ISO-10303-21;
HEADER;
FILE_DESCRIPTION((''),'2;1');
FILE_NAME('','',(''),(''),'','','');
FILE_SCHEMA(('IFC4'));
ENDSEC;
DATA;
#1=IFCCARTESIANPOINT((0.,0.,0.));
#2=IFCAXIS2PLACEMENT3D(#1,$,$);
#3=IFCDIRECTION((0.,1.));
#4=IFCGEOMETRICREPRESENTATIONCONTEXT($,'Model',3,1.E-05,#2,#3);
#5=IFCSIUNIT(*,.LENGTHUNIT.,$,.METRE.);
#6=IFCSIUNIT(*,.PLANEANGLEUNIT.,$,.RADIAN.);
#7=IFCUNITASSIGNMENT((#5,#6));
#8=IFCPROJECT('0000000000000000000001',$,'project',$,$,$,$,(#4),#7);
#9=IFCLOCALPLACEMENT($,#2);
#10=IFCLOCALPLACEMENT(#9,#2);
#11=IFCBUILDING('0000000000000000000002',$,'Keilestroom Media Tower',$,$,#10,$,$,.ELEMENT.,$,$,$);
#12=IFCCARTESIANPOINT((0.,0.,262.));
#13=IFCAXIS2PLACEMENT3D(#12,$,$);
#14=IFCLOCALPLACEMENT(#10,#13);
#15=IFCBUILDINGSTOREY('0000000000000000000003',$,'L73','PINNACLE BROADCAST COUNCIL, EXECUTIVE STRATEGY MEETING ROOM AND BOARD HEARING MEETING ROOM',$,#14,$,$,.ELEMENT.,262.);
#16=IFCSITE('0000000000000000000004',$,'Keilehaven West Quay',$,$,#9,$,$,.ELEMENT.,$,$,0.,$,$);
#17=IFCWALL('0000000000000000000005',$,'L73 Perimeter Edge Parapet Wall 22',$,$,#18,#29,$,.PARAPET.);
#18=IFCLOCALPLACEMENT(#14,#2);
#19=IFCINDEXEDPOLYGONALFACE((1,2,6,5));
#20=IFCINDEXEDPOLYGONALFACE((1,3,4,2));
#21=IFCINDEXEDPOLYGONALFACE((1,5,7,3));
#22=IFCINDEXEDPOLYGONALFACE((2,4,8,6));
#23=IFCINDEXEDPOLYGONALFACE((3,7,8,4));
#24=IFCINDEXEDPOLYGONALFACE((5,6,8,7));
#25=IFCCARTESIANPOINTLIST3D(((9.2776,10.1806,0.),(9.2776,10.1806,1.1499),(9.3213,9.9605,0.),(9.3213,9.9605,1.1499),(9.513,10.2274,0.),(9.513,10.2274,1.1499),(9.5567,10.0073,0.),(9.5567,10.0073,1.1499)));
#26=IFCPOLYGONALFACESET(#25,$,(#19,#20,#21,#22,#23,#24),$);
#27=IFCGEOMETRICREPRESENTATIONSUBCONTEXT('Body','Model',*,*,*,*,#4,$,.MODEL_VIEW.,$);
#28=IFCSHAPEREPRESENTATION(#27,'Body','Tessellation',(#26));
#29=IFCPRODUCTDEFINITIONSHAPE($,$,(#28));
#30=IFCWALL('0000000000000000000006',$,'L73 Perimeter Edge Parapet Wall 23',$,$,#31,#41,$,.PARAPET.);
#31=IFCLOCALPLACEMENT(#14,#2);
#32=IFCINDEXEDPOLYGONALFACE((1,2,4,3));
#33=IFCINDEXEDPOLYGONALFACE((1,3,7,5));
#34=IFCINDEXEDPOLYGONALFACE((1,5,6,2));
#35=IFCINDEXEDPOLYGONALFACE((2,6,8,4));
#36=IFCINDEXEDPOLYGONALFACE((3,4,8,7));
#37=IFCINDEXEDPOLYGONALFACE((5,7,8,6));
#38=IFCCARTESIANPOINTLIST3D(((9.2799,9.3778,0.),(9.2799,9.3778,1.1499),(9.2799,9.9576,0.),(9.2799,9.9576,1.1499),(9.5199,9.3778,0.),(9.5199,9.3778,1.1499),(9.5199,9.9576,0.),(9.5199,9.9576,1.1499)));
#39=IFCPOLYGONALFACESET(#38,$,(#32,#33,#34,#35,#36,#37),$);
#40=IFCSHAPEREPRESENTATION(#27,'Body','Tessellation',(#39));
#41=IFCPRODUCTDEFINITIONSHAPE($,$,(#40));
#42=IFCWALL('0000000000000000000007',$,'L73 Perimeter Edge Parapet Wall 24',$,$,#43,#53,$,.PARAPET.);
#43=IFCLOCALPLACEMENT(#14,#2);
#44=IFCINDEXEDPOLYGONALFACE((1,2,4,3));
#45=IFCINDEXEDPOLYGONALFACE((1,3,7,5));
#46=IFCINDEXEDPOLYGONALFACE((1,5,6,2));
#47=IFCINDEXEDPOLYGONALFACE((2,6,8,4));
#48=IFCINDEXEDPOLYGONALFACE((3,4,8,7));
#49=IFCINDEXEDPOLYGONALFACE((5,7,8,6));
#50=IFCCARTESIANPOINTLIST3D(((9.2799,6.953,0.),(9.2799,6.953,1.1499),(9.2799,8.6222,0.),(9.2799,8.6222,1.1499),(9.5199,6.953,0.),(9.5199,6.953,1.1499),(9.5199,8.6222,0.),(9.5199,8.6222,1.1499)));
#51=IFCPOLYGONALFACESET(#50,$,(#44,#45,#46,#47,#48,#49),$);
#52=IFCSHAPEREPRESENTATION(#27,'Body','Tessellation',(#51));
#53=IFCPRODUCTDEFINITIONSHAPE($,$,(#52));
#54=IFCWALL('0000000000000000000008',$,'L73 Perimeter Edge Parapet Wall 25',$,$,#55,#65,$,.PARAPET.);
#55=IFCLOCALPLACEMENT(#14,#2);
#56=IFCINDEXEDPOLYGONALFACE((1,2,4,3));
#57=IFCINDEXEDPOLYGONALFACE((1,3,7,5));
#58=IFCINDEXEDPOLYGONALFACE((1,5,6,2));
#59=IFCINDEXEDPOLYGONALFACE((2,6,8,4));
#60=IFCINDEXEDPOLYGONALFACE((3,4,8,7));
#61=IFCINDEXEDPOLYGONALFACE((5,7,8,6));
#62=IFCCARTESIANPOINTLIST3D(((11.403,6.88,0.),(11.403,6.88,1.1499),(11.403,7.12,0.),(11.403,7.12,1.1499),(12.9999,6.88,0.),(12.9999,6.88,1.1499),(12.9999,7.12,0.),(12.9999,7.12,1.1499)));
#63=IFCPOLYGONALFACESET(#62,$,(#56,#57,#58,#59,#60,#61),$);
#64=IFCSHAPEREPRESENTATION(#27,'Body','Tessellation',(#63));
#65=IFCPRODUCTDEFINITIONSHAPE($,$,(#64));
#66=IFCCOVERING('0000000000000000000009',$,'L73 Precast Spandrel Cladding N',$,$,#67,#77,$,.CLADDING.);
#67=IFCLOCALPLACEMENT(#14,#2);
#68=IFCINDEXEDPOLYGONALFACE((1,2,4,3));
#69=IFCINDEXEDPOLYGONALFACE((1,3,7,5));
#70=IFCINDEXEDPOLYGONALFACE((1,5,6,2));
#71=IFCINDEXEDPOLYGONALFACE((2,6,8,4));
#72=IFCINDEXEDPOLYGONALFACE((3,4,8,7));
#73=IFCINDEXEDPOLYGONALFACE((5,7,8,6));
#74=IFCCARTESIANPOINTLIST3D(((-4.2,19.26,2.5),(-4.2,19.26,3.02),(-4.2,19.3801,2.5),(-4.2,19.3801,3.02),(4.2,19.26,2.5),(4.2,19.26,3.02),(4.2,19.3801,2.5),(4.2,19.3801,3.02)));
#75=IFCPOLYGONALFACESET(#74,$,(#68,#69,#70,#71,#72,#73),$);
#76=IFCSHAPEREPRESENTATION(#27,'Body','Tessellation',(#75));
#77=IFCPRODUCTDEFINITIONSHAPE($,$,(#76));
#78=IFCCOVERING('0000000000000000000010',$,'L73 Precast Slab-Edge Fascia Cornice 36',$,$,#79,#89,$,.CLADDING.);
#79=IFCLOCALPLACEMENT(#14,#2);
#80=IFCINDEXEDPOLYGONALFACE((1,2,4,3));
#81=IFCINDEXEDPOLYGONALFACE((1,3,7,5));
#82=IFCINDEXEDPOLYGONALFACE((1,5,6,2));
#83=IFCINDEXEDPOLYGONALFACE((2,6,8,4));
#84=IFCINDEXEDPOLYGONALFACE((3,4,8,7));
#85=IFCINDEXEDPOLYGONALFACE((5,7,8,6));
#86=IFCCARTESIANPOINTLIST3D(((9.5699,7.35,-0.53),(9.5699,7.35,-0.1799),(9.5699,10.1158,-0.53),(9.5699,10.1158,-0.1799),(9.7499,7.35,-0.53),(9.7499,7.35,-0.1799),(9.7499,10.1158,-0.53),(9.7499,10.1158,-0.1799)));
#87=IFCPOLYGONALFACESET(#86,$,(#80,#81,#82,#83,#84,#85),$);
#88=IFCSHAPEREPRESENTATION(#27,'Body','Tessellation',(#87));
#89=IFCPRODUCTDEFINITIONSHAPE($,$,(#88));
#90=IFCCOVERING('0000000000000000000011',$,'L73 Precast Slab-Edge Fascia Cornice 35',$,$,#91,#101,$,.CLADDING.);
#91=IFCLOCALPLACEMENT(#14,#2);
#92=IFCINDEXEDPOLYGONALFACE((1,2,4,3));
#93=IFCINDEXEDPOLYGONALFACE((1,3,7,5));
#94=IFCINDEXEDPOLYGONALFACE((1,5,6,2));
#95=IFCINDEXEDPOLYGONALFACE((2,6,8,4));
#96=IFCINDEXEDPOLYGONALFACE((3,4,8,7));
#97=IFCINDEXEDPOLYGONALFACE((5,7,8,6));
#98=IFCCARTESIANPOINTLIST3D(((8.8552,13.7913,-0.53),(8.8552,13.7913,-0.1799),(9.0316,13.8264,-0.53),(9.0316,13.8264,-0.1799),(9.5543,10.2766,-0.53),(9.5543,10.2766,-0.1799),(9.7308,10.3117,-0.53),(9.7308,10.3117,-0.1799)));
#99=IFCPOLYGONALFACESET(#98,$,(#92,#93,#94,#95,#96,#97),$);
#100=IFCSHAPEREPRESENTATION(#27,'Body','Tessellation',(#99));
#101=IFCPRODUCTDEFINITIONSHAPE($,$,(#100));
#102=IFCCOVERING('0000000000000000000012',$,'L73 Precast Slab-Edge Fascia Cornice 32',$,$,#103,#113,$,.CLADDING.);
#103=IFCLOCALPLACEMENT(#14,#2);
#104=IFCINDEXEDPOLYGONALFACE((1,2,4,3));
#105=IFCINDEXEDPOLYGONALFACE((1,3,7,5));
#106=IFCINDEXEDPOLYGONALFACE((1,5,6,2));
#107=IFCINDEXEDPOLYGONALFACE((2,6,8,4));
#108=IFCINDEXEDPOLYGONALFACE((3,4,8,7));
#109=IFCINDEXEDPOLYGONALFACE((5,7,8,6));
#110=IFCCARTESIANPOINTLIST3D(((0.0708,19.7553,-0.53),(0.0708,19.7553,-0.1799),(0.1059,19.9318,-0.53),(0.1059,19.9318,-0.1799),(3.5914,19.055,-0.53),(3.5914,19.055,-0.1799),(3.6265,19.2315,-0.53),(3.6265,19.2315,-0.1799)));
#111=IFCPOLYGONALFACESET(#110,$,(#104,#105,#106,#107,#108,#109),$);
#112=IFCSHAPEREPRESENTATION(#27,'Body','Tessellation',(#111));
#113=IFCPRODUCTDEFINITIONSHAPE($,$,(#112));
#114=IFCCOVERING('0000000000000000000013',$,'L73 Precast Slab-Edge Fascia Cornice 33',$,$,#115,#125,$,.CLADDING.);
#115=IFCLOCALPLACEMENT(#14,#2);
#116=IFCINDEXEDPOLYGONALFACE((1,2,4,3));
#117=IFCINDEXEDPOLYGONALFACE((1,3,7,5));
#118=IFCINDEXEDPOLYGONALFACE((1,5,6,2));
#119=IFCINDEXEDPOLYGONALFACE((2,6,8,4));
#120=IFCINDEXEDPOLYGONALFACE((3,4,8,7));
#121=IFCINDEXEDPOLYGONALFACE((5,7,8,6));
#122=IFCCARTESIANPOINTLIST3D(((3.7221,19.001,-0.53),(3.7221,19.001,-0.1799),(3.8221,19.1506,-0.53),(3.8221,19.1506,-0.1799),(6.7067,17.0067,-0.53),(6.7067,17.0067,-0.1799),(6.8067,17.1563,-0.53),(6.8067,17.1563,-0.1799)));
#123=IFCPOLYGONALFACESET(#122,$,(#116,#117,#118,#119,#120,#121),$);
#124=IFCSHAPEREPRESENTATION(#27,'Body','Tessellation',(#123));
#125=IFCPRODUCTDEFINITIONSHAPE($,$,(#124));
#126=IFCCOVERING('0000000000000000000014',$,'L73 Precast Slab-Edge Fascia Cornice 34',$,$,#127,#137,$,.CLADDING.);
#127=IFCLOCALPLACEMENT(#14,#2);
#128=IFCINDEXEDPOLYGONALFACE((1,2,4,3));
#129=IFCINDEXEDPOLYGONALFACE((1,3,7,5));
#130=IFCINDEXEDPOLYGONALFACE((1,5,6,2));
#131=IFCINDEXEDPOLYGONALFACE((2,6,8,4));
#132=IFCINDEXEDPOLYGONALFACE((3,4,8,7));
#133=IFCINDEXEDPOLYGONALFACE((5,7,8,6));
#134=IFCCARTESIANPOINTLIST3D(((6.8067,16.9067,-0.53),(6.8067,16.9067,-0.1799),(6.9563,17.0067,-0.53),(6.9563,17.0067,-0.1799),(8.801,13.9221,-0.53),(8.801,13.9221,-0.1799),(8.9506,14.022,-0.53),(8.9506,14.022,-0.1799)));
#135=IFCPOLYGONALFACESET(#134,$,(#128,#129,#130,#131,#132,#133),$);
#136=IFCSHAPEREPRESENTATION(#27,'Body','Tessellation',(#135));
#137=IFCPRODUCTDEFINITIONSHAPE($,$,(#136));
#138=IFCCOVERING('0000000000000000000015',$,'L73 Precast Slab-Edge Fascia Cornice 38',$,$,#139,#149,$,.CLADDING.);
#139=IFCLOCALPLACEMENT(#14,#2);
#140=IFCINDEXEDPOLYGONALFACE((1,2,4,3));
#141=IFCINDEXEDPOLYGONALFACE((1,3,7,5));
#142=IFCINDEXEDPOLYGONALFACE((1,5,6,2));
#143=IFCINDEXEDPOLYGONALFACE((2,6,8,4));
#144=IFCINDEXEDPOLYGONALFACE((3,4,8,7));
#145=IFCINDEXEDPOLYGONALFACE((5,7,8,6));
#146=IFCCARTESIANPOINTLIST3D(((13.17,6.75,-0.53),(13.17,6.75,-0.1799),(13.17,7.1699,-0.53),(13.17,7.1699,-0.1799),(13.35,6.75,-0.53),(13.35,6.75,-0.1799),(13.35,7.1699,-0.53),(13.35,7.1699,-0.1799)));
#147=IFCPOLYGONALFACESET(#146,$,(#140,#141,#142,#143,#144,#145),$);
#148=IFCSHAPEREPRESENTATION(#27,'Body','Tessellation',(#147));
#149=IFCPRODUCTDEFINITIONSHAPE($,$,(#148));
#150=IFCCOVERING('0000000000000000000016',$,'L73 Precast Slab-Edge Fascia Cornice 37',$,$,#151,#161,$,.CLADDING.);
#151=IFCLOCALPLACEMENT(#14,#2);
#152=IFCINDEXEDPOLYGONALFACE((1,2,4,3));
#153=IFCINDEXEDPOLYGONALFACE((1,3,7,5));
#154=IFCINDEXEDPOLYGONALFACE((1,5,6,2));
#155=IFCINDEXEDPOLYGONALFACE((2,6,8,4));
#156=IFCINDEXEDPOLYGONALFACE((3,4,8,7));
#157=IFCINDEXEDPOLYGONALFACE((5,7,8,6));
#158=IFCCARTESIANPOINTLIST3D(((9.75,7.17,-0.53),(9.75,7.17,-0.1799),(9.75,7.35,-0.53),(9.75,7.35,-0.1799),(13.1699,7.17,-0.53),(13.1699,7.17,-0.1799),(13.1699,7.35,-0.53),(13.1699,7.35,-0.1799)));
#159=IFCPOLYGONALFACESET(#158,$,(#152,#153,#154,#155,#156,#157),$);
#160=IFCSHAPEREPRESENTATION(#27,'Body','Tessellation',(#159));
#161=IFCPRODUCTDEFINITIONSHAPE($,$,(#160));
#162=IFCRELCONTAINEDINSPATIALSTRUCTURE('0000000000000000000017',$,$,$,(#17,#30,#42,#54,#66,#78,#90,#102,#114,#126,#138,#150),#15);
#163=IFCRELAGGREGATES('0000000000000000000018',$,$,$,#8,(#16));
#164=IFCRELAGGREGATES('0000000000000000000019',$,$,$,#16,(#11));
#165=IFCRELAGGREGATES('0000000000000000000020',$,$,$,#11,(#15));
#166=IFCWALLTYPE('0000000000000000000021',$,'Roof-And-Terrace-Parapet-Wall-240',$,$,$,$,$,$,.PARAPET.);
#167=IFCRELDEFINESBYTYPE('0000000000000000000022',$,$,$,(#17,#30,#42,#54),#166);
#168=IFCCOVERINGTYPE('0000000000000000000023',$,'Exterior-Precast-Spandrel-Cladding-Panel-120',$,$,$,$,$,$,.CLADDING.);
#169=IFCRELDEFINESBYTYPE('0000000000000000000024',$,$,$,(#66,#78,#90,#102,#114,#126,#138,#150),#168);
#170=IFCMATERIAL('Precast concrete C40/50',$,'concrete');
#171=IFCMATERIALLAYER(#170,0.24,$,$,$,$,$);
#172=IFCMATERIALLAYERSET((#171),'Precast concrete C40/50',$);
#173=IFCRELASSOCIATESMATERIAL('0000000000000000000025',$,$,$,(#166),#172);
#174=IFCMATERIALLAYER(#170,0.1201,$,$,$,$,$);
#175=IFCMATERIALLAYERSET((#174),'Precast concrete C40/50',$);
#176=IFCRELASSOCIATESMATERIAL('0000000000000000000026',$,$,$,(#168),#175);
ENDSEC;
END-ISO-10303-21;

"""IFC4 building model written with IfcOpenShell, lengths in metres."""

from ifc_helpers import new_model, si_unit, direction, frame, frame_2d, origin, origin_2d, place, context, subcontext, project, spatial, rectangle, extrude, source, transform, mapped, material, layer, layer_set, type_object, element, save


model = new_model("IFC4")

# Units and contexts
model_context = context("Model", 3, precision=1e-05, world=origin(), true_north=direction((0.0, 1.0)))
body_context = subcontext(model_context, "Body", "Model", "MODEL_VIEW")
ifc_project = project(units=[si_unit("LENGTHUNIT", "METRE"), si_unit("PLANEANGLEUNIT", "RADIAN")], contexts=[model_context])

# Site, building, storey
site_placement = place(None, origin())
site = spatial("IfcSite", under=ifc_project, at=site_placement, Name="Keilehaven West Quay", CompositionType="ELEMENT", RefElevation=0.0)
building_placement = place(site_placement, origin())
building = spatial("IfcBuilding", under=site, at=building_placement, Name="Keilestroom Media Tower", CompositionType="ELEMENT")
storey_placement = place(building_placement, frame((0.0, 0.0, 262.0)))
storey = spatial("IfcBuildingStorey", under=building, at=storey_placement, Name="L73", Description="PINNACLE BROADCAST COUNCIL, EXECUTIVE STRATEGY MEETING ROOM AND BOARD HEARING MEETING ROOM", CompositionType="ELEMENT", Elevation=262.0)

# Walls
ifc_material_1 = material(Name="Precast concrete C40/50", Category="concrete")
ifc_layer_1 = layer(ifc_material_1, 0.24)
ifc_layer_set_1 = layer_set([ifc_layer_1], Name="Precast concrete C40/50")
wall_type_1 = type_object("IfcWallType", Name="Roof-And-Terrace-Parapet-Wall-240", PredefinedType="PARAPET", material=ifc_layer_set_1)
wall_1_placement = place(storey_placement, frame((9.3953, 10.2041, 0.0), z_axis=(0.0, 0.0, 1.0), x_axis=(0.19486, -0.980831, 0.0)))
element("IfcWall", 1, at=wall_1_placement, inside=storey, type_object=wall_type_1, Name="L73 Perimeter Edge Parapet Wall 22", PredefinedType="PARAPET", context=body_context, shape_type="SweptSolid", body=[
    extrude(rectangle(XDim=0.2244, YDim=0.24, at=frame_2d((0.1123, 0.0))), origin(), (0.0, 0.0, 1.0), 1.1499),
])
wall_2_placement = place(storey_placement, frame((9.3999, 9.9578, 0.0), z_axis=(0.0, 0.0, 1.0), x_axis=(0.0, -1.0, 0.0)))
element("IfcWall", 2, at=wall_2_placement, inside=storey, type_object=wall_type_1, Name="L73 Perimeter Edge Parapet Wall 23", PredefinedType="PARAPET", context=body_context, shape_type="SweptSolid", body=[
    extrude(rectangle(XDim=0.5798, YDim=0.24, at=frame_2d((0.29, 0.0))), origin(), (0.0, 0.0, 1.0), 1.1499),
])
wall_3_placement = place(storey_placement, frame((9.3999, 8.6221, 0.0), z_axis=(0.0, 0.0, 1.0), x_axis=(0.0, -1.0, 0.0)))
element("IfcWall", 3, at=wall_3_placement, inside=storey, type_object=wall_type_1, Name="L73 Perimeter Edge Parapet Wall 24", PredefinedType="PARAPET", context=body_context, shape_type="SweptSolid", body=[
    extrude(rectangle(XDim=1.6692, YDim=0.24, at=frame_2d((0.8345, 0.0))), origin(), (0.0, 0.0, 1.0), 1.1499),
])
wall_4_placement = place(storey_placement, frame((11.4031, 7.0, 0.0), z_axis=(0.0, 0.0, 1.0), x_axis=(1.0, 0.0, 0.0)))
element("IfcWall", 4, at=wall_4_placement, inside=storey, type_object=wall_type_1, Name="L73 Perimeter Edge Parapet Wall 25", PredefinedType="PARAPET", context=body_context, shape_type="SweptSolid", body=[
    extrude(rectangle(XDim=1.5969, YDim=0.24, at=frame_2d((0.7983, 0.0))), origin(), (0.0, 0.0, 1.0), 1.1499),
])

# Coverings
ifc_layer_2 = layer(ifc_material_1, 0.1201)
ifc_layer_set_2 = layer_set([ifc_layer_2], Name="Precast concrete C40/50")
covering_type = type_object("IfcCoveringType", Name="Exterior-Precast-Spandrel-Cladding-Panel-120", PredefinedType="CLADDING", material=ifc_layer_set_2)
shared_shape_1 = source(origin(), body_context, "Body", "SweptSolid", [
    extrude(rectangle(XDim=8.3999, YDim=0.1201, at=origin_2d()), origin(), (0.0, 0.0, 1.0), 0.52),
])
covering_1_placement = place(storey_placement, frame((0.0, 19.3201, 2.5), z_axis=(0.0, 0.0, 1.0), x_axis=(1.0, 0.0, 0.0)))
element("IfcCovering", 5, at=covering_1_placement, inside=storey, type_object=covering_type, Name="L73 Precast Spandrel Cladding N", PredefinedType="CLADDING", context=body_context, shape_type="MappedRepresentation", body=[
    mapped(shared_shape_1, transform((0.0, 0.0, 0.0), x_axis=(1.0, 0.0, 0.0), y_axis=(0.0, 1.0, 0.0), z_axis=(0.0, 0.0, 1.0), scale=1.0)),
])
shared_shape_2 = source(origin(), body_context, "Body", "SweptSolid", [
    extrude(rectangle(XDim=2.7659, YDim=0.1799, at=origin_2d()), origin(), (0.0, 0.0, 1.0), 0.3501),
])
covering_2_placement = place(storey_placement, frame((9.6599, 8.7329, -0.53), z_axis=(0.0, 0.0, 1.0), x_axis=(0.0, -1.0, 0.0)))
element("IfcCovering", 6, at=covering_2_placement, inside=storey, type_object=covering_type, Name="L73 Precast Slab-Edge Fascia Cornice 36", PredefinedType="CLADDING", context=body_context, shape_type="MappedRepresentation", body=[
    mapped(shared_shape_2, transform((0.0, 0.0, 0.0), x_axis=(1.0, 0.0, 0.0), y_axis=(0.0, 1.0, 0.0), z_axis=(0.0, 0.0, 1.0), scale=1.0)),
])
shared_shape_3 = source(origin(), body_context, "Body", "SweptSolid", [
    extrude(rectangle(XDim=3.5835, YDim=0.1799, at=origin_2d()), origin(), (0.0, 0.0, 1.0), 0.3501),
])
covering_3_placement = place(storey_placement, frame((9.293, 12.0515, -0.53), z_axis=(0.0, 0.0, 1.0), x_axis=(0.195099, -0.980784, 0.0)))
element("IfcCovering", 7, at=covering_3_placement, inside=storey, type_object=covering_type, Name="L73 Precast Slab-Edge Fascia Cornice 35", PredefinedType="CLADDING", context=body_context, shape_type="MappedRepresentation", body=[
    mapped(shared_shape_3, transform((0.0, 0.0, 0.0), x_axis=(1.0, 0.0, 0.0), y_axis=(0.0, 1.0, 0.0), z_axis=(0.0, 0.0, 1.0), scale=1.0)),
])
shared_shape_4 = source(origin(), body_context, "Body", "SweptSolid", [
    extrude(rectangle(XDim=3.5896, YDim=0.1799, at=origin_2d()), origin(), (0.0, 0.0, 1.0), 0.3501),
])
for number, where, z_axis, x_axis, name in (
    (8, (1.8486, 19.4934, -0.53), (0.0, 0.0, 1.0), (0.980784, -0.195099, 0.0), "L73 Precast Slab-Edge Fascia Cornice 32"),
    (9, (5.2644, 18.0786, -0.53), (0.0, 0.0, 1.0), (0.831467, -0.555575, 0.0), "L73 Precast Slab-Edge Fascia Cornice 33"),
    (10, (7.8787, 15.4644, -0.53), (0.0, 0.0, 1.0), (0.555575, -0.831467, 0.0), "L73 Precast Slab-Edge Fascia Cornice 34"),
):
    element("IfcCovering", number, at=place(storey_placement, frame(where, z_axis=z_axis, x_axis=x_axis)), inside=storey, type_object=covering_type, Name=name, PredefinedType="CLADDING", context=body_context, shape_type="MappedRepresentation", body=[
        mapped(shared_shape_4, transform((0.0, 0.0, 0.0), x_axis=(1.0, 0.0, 0.0), y_axis=(0.0, 1.0, 0.0), z_axis=(0.0, 0.0, 1.0), scale=1.0)),
    ])
shared_shape_5 = source(origin(), body_context, "Body", "SweptSolid", [
    extrude(rectangle(XDim=0.4199, YDim=0.1799, at=origin_2d()), origin(), (0.0, 0.0, 1.0), 0.3501),
])
covering_4_placement = place(storey_placement, frame((13.26, 6.96, -0.53), z_axis=(0.0, 0.0, 1.0), x_axis=(0.0, -1.0, 0.0)))
element("IfcCovering", 11, at=covering_4_placement, inside=storey, type_object=covering_type, Name="L73 Precast Slab-Edge Fascia Cornice 38", PredefinedType="CLADDING", context=body_context, shape_type="MappedRepresentation", body=[
    mapped(shared_shape_5, transform((0.0, 0.0, 0.0), x_axis=(1.0, 0.0, 0.0), y_axis=(0.0, 1.0, 0.0), z_axis=(0.0, 0.0, 1.0), scale=1.0)),
])
shared_shape_6 = source(origin(), body_context, "Body", "SweptSolid", [
    extrude(rectangle(XDim=3.4199, YDim=0.1799, at=origin_2d()), origin(), (0.0, 0.0, 1.0), 0.3501),
])
covering_5_placement = place(storey_placement, frame((11.46, 7.26, -0.53), z_axis=(0.0, 0.0, 1.0), x_axis=(1.0, 0.0, 0.0)))
element("IfcCovering", 12, at=covering_5_placement, inside=storey, type_object=covering_type, Name="L73 Precast Slab-Edge Fascia Cornice 37", PredefinedType="CLADDING", context=body_context, shape_type="MappedRepresentation", body=[
    mapped(shared_shape_6, transform((0.0, 0.0, 0.0), x_axis=(1.0, 0.0, 0.0), y_axis=(0.0, 1.0, 0.0), z_axis=(0.0, 0.0, 1.0), scale=1.0)),
])

save(model, "model.ifc")
